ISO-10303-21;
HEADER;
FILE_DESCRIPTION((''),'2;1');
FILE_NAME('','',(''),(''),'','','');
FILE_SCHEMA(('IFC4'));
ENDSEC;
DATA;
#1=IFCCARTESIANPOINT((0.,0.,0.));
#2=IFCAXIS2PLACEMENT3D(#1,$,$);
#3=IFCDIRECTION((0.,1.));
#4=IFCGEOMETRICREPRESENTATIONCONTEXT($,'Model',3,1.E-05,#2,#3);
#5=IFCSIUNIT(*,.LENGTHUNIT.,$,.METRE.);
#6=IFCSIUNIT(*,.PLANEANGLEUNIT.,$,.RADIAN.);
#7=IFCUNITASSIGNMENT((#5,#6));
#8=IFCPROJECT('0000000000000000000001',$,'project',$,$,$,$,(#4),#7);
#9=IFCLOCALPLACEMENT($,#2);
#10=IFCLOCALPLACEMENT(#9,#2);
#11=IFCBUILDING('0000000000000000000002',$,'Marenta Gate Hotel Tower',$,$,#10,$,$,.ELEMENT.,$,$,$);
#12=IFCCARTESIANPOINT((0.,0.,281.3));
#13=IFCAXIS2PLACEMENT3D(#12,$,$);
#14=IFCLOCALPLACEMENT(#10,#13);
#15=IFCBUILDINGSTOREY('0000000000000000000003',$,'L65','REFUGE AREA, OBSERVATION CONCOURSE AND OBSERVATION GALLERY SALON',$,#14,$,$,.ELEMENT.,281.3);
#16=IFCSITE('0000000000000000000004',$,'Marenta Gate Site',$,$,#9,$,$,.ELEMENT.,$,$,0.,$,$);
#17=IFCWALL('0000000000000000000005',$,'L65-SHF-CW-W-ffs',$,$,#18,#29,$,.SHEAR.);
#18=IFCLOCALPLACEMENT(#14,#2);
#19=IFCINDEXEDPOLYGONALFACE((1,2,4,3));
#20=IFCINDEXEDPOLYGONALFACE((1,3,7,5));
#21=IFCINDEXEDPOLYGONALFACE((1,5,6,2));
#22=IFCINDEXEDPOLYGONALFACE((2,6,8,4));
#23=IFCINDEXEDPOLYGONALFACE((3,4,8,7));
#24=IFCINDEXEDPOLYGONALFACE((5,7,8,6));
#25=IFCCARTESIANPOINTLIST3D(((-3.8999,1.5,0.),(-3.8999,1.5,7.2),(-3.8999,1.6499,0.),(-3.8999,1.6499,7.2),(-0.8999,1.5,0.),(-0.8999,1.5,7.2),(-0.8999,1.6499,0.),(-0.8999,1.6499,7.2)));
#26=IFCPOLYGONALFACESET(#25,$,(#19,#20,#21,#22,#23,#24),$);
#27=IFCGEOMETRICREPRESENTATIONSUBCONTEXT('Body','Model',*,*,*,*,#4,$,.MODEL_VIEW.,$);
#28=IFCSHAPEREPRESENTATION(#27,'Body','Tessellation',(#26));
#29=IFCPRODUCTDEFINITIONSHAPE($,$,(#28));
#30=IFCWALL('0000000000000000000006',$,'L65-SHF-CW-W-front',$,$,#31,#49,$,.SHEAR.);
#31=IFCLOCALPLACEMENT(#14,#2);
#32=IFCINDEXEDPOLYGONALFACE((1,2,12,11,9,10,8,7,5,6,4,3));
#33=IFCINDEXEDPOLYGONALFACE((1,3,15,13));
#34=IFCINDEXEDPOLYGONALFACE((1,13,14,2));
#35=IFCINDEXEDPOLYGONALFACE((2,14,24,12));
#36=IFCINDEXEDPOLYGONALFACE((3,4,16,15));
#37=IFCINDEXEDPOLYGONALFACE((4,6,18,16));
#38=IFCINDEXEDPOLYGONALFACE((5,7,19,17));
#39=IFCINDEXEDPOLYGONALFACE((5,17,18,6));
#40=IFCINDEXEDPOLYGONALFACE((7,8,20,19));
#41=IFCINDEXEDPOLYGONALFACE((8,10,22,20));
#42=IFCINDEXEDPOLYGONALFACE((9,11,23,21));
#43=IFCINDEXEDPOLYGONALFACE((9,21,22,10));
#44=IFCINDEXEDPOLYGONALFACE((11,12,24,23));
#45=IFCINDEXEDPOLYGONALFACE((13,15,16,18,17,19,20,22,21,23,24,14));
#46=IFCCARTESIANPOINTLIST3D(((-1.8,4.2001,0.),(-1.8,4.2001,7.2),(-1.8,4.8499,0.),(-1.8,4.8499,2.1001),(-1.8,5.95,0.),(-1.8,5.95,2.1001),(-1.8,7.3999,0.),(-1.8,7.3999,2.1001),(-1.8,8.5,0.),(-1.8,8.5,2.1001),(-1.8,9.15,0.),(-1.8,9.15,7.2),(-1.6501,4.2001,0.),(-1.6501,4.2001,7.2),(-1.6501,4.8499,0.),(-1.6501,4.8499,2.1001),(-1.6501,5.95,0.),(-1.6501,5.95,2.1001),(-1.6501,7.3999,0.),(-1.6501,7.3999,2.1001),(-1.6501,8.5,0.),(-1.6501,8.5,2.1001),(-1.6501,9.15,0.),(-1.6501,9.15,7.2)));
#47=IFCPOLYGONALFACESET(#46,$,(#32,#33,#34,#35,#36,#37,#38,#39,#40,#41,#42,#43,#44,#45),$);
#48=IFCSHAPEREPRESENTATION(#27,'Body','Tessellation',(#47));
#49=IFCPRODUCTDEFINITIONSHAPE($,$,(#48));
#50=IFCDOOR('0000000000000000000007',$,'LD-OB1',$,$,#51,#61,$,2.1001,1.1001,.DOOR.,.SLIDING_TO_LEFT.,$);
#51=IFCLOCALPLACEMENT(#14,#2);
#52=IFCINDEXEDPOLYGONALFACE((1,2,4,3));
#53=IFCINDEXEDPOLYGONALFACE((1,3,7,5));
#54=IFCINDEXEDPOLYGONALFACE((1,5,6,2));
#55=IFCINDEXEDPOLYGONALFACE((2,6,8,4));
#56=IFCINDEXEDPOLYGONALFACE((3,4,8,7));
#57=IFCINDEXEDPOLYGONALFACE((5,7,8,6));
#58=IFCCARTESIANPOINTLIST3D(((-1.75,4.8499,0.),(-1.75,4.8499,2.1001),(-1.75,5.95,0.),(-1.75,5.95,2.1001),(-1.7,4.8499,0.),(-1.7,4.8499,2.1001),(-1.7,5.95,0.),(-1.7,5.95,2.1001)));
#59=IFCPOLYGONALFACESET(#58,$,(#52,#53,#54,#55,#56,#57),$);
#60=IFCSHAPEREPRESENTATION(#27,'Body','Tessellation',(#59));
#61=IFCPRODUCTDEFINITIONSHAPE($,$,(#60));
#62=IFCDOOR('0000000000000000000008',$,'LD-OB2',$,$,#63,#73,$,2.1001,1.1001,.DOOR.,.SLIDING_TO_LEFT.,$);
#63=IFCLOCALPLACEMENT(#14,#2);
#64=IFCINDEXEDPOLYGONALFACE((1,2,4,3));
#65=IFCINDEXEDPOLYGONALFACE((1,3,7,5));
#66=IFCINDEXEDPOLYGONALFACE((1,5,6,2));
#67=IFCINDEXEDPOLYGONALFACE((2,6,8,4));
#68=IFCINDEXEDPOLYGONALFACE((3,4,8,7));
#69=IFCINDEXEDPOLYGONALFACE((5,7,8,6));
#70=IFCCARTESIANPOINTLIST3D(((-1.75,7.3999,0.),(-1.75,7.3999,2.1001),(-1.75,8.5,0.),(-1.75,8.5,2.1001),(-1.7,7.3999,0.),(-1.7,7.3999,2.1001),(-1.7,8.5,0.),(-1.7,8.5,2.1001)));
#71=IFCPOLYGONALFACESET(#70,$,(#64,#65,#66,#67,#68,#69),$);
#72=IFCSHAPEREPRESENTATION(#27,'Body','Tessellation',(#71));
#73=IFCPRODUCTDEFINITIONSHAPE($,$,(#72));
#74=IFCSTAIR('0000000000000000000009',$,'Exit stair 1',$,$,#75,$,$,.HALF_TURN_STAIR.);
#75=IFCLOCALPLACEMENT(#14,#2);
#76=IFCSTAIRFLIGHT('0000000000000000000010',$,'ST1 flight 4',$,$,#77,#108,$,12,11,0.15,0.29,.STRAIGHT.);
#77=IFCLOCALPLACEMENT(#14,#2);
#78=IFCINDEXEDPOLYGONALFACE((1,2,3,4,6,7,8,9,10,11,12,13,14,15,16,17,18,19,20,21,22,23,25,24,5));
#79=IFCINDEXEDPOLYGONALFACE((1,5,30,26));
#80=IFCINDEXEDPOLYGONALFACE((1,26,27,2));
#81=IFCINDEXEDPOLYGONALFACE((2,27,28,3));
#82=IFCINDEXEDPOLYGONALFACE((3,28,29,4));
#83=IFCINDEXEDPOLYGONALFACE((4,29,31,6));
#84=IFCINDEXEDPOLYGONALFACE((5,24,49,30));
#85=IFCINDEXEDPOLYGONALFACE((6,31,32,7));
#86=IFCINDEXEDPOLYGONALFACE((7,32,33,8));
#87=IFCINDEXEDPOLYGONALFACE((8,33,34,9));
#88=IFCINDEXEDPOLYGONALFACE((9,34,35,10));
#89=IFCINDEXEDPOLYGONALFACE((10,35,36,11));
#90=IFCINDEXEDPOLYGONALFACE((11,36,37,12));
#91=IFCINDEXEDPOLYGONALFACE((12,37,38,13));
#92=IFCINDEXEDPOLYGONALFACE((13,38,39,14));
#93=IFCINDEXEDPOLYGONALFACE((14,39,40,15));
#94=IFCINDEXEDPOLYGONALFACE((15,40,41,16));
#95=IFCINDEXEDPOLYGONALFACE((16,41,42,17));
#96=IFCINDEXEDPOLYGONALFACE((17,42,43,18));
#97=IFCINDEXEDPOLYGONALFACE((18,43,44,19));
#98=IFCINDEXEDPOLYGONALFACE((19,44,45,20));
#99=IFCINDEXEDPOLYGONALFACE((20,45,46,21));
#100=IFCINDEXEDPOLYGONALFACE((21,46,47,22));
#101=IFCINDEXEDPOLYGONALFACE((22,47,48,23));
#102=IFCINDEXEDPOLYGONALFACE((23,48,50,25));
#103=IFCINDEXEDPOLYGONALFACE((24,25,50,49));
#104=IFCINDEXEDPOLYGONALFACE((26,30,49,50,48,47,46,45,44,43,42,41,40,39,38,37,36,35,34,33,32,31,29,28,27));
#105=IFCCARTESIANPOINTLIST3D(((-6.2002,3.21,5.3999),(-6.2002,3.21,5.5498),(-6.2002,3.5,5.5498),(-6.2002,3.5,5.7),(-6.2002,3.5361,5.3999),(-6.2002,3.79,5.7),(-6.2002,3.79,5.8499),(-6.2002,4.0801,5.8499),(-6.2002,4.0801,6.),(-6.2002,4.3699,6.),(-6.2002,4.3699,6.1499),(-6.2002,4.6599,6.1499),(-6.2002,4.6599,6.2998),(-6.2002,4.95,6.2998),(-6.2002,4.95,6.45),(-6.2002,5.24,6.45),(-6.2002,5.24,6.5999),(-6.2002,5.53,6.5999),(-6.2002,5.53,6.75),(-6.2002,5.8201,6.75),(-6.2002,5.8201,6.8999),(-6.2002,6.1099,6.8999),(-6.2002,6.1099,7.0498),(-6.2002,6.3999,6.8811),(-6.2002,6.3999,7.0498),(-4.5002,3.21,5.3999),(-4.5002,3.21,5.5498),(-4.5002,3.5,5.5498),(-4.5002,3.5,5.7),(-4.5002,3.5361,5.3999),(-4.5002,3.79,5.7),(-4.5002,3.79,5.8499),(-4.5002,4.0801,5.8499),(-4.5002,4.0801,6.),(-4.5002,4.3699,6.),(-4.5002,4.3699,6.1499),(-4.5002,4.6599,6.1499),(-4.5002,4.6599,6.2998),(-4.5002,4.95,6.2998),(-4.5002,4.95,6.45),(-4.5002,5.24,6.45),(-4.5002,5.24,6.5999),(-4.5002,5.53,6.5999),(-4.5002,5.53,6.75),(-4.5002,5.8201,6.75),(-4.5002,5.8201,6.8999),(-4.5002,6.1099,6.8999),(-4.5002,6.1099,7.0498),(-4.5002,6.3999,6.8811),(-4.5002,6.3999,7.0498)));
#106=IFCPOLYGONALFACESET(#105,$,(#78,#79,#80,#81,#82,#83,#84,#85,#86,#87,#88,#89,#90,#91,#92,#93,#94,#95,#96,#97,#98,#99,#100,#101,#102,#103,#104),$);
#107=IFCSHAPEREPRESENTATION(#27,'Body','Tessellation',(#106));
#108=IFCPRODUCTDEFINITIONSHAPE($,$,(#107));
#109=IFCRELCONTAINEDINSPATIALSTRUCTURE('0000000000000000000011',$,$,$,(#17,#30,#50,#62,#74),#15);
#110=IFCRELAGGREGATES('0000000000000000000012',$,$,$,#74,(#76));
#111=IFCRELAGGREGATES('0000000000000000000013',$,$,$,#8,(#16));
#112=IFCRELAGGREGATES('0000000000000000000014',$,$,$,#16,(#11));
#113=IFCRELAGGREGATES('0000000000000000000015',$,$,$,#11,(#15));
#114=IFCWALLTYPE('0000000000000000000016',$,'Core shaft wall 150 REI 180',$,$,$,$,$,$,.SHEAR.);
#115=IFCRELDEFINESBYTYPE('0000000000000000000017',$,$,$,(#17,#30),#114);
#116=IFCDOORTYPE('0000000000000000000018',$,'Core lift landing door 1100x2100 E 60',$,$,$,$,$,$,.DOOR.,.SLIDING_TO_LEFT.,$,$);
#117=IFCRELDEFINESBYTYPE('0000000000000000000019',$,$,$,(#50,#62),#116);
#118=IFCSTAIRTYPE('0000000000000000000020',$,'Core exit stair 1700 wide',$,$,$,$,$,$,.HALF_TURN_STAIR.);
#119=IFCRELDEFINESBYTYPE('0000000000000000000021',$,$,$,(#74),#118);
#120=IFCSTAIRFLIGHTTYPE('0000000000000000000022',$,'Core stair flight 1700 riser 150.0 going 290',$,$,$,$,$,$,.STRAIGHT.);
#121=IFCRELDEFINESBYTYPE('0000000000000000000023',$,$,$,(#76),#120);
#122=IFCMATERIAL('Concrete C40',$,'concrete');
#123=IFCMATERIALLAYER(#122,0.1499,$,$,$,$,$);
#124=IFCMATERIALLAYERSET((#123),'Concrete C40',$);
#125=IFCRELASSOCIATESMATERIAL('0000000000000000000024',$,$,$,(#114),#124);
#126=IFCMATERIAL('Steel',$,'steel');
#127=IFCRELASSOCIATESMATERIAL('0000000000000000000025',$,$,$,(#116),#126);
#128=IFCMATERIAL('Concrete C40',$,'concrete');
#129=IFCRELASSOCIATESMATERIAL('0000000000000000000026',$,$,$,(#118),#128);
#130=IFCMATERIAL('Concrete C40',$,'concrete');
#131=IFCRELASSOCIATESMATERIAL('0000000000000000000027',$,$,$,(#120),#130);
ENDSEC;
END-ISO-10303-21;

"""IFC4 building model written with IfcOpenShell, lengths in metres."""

from ifc_helpers import new_model, si_unit, direction, frame, frame_2d, origin, place, context, subcontext, project, spatial, polyline, rectangle, outline, extrude, material, layer, layer_set, type_object, element, fill, aggregate, save


model = new_model("IFC4")

# Units and contexts
model_context = context("Model", 3, precision=1e-05, world=origin(), true_north=direction((0.0, 1.0)))
body_context = subcontext(model_context, "Body", "Model", "MODEL_VIEW")
ifc_project = project(units=[si_unit("LENGTHUNIT", "METRE"), si_unit("PLANEANGLEUNIT", "RADIAN")], contexts=[model_context])

# Site, building, storey
site_placement = place(None, origin())
site = spatial("IfcSite", under=ifc_project, at=site_placement, Name="Marenta Gate Site", CompositionType="ELEMENT", RefElevation=0.0)
building_placement = place(site_placement, origin())
building = spatial("IfcBuilding", under=site, at=building_placement, Name="Marenta Gate Hotel Tower", CompositionType="ELEMENT")
storey_placement = place(building_placement, frame((0.0, 0.0, 281.3)))
storey = spatial("IfcBuildingStorey", under=building, at=storey_placement, Name="L65", Description="REFUGE AREA, OBSERVATION CONCOURSE AND OBSERVATION GALLERY SALON", CompositionType="ELEMENT", Elevation=281.3)

# Shared definitions
ifc_material_1 = material(Name="Concrete C40", Category="concrete")
ifc_layer_1 = layer(ifc_material_1, 0.1499)
ifc_layer_set_1 = layer_set([ifc_layer_1], Name="Concrete C40")
wall_type_1 = type_object("IfcWallType", Name="Core shaft wall 150 REI 180", PredefinedType="SHEAR", material=ifc_layer_set_1)
ifc_material_2 = material(Name="Steel", Category="steel")
door_type_1 = type_object("IfcDoorType", Name="Core lift landing door 1100x2100 E 60", OperationType="SLIDING_TO_LEFT", PredefinedType="DOOR", material=ifc_material_2)

# Wall
wall_1_placement = place(storey_placement, frame((-3.8999, 1.575, 0.0), z_axis=(0.0, 0.0, 1.0), x_axis=(1.0, 0.0, 0.0)))
element("IfcWall", 1, at=wall_1_placement, inside=storey, type_object=wall_type_1, Name="L65-SHF-CW-W-ffs", PredefinedType="SHEAR", context=body_context, shape_type="SweptSolid", body=[
    extrude(rectangle(XDim=3.0, YDim=0.1499, at=frame_2d((1.5, 0.0))), origin(), (0.0, 0.0, 1.0), 7.2),
])

# Wall, openings, doors
wall_2_placement = place(storey_placement, frame((-1.7251, 4.2, 0.0), z_axis=(0.0, 0.0, 1.0), x_axis=(0.0, 1.0, 0.0)))
wall_2 = element("IfcWall", 2, at=wall_2_placement, inside=storey, type_object=wall_type_1, Name="L65-SHF-CW-W-front", PredefinedType="SHEAR", context=body_context, shape_type="SweptSolid", body=[
    extrude(rectangle(XDim=4.95, YDim=0.1499, at=frame_2d((2.4751, 0.0))), origin(), (0.0, 0.0, 1.0), 7.2),
])
opening_1_placement = place(wall_2_placement, frame((0.6499, 0.0, 0.0)))
opening_1 = element("IfcOpeningElement", 3, at=opening_1_placement, cuts=wall_2, PredefinedType="OPENING", context=body_context, shape_type="SweptSolid", body=[
    extrude(rectangle(XDim=1.1001, YDim=2.1001, at=frame_2d((0.55, 1.05))), frame((0.0, 0.075, 0.0), z_axis=(0.0, -1.0, 0.0), x_axis=(1.0, 0.0, 0.0)), (0.0, 0.0, 1.0), 0.1499),
])
opening_2_placement = place(wall_2_placement, frame((3.2, 0.0, 0.0)))
opening_2 = element("IfcOpeningElement", 4, at=opening_2_placement, cuts=wall_2, PredefinedType="OPENING", context=body_context, shape_type="SweptSolid", body=[
    extrude(rectangle(XDim=1.1001, YDim=2.1001, at=frame_2d((0.55, 1.05))), frame((0.0, 0.075, 0.0), z_axis=(0.0, -1.0, 0.0), x_axis=(1.0, 0.0, 0.0)), (0.0, 0.0, 1.0), 0.1499),
])
door_1_placement = place(opening_1_placement, origin())
door_1 = element("IfcDoor", 5, at=door_1_placement, inside=storey, type_object=door_type_1, Name="LD-OB1", OperationType="SLIDING_TO_LEFT", OverallHeight=2.1001, OverallWidth=1.1001, PredefinedType="DOOR", context=body_context, shape_type="SweptSolid", body=[
    extrude(rectangle(XDim=1.1001, YDim=2.1001, at=frame_2d((0.55, 1.05))), frame((0.0, 0.0249, 0.0), z_axis=(0.0, -1.0, 0.0), x_axis=(1.0, 0.0, 0.0)), (0.0, 0.0, 1.0), 0.05),
])
fill(opening_1, door_1)
door_2_placement = place(opening_2_placement, origin())
door_2 = element("IfcDoor", 6, at=door_2_placement, inside=storey, type_object=door_type_1, Name="LD-OB2", OperationType="SLIDING_TO_LEFT", OverallHeight=2.1001, OverallWidth=1.1001, PredefinedType="DOOR", context=body_context, shape_type="SweptSolid", body=[
    extrude(rectangle(XDim=1.1001, YDim=2.1001, at=frame_2d((0.55, 1.05))), frame((0.0, 0.0249, 0.0), z_axis=(0.0, -1.0, 0.0), x_axis=(1.0, 0.0, 0.0)), (0.0, 0.0, 1.0), 0.05),
])
fill(opening_2, door_2)

# Stair, stair flight
ifc_material_3 = material(Name="Concrete C40", Category="concrete")
stair_type = type_object("IfcStairType", Name="Core exit stair 1700 wide", PredefinedType="HALF_TURN_STAIR", material=ifc_material_3)
stair_placement = place(storey_placement, origin())
stair = element("IfcStair", 7, at=stair_placement, inside=storey, type_object=stair_type, Name="Exit stair 1", PredefinedType="HALF_TURN_STAIR")
ifc_material_4 = material(Name="Concrete C40", Category="concrete")
stair_flight_type = type_object("IfcStairFlightType", Name="Core stair flight 1700 riser 150.0 going 290", PredefinedType="STRAIGHT", material=ifc_material_4)
stair_flight_placement = place(storey_placement, frame((-5.3501, 3.21, 5.3999), z_axis=(0.0, 0.0, 1.0), x_axis=(0.0, 1.0, 0.0)))
stair_flight = element("IfcStairFlight", 8, at=stair_flight_placement, type_object=stair_flight_type, Name="ST1 flight 4", NumberOfRisers=12, NumberOfTreads=11, PredefinedType="STRAIGHT", RiserHeight=0.15, TreadLength=0.29, context=body_context, shape_type="SweptSolid", body=[
    extrude(outline(polyline([(0.0, 0.0), (0.0, 0.1499), (0.29, 0.1499), (0.29, 0.3), (0.5801, 0.3), (0.5801, 0.45), (0.8701, 0.45), (0.8701, 0.6001), (1.1599, 0.6001), (1.1599, 0.75), (1.45, 0.75), (1.45, 0.8999), (1.74, 0.8999), (1.74, 1.05), (2.03, 1.05), (2.03, 1.2), (2.3201, 1.2), (2.3201, 1.3501), (2.6101, 1.3501), (2.6101, 1.5), (2.8999, 1.5), (2.8999, 1.6499), (3.1899, 1.6499), (3.1899, 1.8), (3.1899, 1.4812), (0.3262, 0.0), (0.0, 0.0)])), frame((0.0, 0.8501, 0.0), z_axis=(0.0, -1.0, 0.0), x_axis=(1.0, 0.0, 0.0)), (0.0, 0.0, 1.0), 1.7),
])
aggregate(stair, [stair_flight])

save(model, "model.ifc")
